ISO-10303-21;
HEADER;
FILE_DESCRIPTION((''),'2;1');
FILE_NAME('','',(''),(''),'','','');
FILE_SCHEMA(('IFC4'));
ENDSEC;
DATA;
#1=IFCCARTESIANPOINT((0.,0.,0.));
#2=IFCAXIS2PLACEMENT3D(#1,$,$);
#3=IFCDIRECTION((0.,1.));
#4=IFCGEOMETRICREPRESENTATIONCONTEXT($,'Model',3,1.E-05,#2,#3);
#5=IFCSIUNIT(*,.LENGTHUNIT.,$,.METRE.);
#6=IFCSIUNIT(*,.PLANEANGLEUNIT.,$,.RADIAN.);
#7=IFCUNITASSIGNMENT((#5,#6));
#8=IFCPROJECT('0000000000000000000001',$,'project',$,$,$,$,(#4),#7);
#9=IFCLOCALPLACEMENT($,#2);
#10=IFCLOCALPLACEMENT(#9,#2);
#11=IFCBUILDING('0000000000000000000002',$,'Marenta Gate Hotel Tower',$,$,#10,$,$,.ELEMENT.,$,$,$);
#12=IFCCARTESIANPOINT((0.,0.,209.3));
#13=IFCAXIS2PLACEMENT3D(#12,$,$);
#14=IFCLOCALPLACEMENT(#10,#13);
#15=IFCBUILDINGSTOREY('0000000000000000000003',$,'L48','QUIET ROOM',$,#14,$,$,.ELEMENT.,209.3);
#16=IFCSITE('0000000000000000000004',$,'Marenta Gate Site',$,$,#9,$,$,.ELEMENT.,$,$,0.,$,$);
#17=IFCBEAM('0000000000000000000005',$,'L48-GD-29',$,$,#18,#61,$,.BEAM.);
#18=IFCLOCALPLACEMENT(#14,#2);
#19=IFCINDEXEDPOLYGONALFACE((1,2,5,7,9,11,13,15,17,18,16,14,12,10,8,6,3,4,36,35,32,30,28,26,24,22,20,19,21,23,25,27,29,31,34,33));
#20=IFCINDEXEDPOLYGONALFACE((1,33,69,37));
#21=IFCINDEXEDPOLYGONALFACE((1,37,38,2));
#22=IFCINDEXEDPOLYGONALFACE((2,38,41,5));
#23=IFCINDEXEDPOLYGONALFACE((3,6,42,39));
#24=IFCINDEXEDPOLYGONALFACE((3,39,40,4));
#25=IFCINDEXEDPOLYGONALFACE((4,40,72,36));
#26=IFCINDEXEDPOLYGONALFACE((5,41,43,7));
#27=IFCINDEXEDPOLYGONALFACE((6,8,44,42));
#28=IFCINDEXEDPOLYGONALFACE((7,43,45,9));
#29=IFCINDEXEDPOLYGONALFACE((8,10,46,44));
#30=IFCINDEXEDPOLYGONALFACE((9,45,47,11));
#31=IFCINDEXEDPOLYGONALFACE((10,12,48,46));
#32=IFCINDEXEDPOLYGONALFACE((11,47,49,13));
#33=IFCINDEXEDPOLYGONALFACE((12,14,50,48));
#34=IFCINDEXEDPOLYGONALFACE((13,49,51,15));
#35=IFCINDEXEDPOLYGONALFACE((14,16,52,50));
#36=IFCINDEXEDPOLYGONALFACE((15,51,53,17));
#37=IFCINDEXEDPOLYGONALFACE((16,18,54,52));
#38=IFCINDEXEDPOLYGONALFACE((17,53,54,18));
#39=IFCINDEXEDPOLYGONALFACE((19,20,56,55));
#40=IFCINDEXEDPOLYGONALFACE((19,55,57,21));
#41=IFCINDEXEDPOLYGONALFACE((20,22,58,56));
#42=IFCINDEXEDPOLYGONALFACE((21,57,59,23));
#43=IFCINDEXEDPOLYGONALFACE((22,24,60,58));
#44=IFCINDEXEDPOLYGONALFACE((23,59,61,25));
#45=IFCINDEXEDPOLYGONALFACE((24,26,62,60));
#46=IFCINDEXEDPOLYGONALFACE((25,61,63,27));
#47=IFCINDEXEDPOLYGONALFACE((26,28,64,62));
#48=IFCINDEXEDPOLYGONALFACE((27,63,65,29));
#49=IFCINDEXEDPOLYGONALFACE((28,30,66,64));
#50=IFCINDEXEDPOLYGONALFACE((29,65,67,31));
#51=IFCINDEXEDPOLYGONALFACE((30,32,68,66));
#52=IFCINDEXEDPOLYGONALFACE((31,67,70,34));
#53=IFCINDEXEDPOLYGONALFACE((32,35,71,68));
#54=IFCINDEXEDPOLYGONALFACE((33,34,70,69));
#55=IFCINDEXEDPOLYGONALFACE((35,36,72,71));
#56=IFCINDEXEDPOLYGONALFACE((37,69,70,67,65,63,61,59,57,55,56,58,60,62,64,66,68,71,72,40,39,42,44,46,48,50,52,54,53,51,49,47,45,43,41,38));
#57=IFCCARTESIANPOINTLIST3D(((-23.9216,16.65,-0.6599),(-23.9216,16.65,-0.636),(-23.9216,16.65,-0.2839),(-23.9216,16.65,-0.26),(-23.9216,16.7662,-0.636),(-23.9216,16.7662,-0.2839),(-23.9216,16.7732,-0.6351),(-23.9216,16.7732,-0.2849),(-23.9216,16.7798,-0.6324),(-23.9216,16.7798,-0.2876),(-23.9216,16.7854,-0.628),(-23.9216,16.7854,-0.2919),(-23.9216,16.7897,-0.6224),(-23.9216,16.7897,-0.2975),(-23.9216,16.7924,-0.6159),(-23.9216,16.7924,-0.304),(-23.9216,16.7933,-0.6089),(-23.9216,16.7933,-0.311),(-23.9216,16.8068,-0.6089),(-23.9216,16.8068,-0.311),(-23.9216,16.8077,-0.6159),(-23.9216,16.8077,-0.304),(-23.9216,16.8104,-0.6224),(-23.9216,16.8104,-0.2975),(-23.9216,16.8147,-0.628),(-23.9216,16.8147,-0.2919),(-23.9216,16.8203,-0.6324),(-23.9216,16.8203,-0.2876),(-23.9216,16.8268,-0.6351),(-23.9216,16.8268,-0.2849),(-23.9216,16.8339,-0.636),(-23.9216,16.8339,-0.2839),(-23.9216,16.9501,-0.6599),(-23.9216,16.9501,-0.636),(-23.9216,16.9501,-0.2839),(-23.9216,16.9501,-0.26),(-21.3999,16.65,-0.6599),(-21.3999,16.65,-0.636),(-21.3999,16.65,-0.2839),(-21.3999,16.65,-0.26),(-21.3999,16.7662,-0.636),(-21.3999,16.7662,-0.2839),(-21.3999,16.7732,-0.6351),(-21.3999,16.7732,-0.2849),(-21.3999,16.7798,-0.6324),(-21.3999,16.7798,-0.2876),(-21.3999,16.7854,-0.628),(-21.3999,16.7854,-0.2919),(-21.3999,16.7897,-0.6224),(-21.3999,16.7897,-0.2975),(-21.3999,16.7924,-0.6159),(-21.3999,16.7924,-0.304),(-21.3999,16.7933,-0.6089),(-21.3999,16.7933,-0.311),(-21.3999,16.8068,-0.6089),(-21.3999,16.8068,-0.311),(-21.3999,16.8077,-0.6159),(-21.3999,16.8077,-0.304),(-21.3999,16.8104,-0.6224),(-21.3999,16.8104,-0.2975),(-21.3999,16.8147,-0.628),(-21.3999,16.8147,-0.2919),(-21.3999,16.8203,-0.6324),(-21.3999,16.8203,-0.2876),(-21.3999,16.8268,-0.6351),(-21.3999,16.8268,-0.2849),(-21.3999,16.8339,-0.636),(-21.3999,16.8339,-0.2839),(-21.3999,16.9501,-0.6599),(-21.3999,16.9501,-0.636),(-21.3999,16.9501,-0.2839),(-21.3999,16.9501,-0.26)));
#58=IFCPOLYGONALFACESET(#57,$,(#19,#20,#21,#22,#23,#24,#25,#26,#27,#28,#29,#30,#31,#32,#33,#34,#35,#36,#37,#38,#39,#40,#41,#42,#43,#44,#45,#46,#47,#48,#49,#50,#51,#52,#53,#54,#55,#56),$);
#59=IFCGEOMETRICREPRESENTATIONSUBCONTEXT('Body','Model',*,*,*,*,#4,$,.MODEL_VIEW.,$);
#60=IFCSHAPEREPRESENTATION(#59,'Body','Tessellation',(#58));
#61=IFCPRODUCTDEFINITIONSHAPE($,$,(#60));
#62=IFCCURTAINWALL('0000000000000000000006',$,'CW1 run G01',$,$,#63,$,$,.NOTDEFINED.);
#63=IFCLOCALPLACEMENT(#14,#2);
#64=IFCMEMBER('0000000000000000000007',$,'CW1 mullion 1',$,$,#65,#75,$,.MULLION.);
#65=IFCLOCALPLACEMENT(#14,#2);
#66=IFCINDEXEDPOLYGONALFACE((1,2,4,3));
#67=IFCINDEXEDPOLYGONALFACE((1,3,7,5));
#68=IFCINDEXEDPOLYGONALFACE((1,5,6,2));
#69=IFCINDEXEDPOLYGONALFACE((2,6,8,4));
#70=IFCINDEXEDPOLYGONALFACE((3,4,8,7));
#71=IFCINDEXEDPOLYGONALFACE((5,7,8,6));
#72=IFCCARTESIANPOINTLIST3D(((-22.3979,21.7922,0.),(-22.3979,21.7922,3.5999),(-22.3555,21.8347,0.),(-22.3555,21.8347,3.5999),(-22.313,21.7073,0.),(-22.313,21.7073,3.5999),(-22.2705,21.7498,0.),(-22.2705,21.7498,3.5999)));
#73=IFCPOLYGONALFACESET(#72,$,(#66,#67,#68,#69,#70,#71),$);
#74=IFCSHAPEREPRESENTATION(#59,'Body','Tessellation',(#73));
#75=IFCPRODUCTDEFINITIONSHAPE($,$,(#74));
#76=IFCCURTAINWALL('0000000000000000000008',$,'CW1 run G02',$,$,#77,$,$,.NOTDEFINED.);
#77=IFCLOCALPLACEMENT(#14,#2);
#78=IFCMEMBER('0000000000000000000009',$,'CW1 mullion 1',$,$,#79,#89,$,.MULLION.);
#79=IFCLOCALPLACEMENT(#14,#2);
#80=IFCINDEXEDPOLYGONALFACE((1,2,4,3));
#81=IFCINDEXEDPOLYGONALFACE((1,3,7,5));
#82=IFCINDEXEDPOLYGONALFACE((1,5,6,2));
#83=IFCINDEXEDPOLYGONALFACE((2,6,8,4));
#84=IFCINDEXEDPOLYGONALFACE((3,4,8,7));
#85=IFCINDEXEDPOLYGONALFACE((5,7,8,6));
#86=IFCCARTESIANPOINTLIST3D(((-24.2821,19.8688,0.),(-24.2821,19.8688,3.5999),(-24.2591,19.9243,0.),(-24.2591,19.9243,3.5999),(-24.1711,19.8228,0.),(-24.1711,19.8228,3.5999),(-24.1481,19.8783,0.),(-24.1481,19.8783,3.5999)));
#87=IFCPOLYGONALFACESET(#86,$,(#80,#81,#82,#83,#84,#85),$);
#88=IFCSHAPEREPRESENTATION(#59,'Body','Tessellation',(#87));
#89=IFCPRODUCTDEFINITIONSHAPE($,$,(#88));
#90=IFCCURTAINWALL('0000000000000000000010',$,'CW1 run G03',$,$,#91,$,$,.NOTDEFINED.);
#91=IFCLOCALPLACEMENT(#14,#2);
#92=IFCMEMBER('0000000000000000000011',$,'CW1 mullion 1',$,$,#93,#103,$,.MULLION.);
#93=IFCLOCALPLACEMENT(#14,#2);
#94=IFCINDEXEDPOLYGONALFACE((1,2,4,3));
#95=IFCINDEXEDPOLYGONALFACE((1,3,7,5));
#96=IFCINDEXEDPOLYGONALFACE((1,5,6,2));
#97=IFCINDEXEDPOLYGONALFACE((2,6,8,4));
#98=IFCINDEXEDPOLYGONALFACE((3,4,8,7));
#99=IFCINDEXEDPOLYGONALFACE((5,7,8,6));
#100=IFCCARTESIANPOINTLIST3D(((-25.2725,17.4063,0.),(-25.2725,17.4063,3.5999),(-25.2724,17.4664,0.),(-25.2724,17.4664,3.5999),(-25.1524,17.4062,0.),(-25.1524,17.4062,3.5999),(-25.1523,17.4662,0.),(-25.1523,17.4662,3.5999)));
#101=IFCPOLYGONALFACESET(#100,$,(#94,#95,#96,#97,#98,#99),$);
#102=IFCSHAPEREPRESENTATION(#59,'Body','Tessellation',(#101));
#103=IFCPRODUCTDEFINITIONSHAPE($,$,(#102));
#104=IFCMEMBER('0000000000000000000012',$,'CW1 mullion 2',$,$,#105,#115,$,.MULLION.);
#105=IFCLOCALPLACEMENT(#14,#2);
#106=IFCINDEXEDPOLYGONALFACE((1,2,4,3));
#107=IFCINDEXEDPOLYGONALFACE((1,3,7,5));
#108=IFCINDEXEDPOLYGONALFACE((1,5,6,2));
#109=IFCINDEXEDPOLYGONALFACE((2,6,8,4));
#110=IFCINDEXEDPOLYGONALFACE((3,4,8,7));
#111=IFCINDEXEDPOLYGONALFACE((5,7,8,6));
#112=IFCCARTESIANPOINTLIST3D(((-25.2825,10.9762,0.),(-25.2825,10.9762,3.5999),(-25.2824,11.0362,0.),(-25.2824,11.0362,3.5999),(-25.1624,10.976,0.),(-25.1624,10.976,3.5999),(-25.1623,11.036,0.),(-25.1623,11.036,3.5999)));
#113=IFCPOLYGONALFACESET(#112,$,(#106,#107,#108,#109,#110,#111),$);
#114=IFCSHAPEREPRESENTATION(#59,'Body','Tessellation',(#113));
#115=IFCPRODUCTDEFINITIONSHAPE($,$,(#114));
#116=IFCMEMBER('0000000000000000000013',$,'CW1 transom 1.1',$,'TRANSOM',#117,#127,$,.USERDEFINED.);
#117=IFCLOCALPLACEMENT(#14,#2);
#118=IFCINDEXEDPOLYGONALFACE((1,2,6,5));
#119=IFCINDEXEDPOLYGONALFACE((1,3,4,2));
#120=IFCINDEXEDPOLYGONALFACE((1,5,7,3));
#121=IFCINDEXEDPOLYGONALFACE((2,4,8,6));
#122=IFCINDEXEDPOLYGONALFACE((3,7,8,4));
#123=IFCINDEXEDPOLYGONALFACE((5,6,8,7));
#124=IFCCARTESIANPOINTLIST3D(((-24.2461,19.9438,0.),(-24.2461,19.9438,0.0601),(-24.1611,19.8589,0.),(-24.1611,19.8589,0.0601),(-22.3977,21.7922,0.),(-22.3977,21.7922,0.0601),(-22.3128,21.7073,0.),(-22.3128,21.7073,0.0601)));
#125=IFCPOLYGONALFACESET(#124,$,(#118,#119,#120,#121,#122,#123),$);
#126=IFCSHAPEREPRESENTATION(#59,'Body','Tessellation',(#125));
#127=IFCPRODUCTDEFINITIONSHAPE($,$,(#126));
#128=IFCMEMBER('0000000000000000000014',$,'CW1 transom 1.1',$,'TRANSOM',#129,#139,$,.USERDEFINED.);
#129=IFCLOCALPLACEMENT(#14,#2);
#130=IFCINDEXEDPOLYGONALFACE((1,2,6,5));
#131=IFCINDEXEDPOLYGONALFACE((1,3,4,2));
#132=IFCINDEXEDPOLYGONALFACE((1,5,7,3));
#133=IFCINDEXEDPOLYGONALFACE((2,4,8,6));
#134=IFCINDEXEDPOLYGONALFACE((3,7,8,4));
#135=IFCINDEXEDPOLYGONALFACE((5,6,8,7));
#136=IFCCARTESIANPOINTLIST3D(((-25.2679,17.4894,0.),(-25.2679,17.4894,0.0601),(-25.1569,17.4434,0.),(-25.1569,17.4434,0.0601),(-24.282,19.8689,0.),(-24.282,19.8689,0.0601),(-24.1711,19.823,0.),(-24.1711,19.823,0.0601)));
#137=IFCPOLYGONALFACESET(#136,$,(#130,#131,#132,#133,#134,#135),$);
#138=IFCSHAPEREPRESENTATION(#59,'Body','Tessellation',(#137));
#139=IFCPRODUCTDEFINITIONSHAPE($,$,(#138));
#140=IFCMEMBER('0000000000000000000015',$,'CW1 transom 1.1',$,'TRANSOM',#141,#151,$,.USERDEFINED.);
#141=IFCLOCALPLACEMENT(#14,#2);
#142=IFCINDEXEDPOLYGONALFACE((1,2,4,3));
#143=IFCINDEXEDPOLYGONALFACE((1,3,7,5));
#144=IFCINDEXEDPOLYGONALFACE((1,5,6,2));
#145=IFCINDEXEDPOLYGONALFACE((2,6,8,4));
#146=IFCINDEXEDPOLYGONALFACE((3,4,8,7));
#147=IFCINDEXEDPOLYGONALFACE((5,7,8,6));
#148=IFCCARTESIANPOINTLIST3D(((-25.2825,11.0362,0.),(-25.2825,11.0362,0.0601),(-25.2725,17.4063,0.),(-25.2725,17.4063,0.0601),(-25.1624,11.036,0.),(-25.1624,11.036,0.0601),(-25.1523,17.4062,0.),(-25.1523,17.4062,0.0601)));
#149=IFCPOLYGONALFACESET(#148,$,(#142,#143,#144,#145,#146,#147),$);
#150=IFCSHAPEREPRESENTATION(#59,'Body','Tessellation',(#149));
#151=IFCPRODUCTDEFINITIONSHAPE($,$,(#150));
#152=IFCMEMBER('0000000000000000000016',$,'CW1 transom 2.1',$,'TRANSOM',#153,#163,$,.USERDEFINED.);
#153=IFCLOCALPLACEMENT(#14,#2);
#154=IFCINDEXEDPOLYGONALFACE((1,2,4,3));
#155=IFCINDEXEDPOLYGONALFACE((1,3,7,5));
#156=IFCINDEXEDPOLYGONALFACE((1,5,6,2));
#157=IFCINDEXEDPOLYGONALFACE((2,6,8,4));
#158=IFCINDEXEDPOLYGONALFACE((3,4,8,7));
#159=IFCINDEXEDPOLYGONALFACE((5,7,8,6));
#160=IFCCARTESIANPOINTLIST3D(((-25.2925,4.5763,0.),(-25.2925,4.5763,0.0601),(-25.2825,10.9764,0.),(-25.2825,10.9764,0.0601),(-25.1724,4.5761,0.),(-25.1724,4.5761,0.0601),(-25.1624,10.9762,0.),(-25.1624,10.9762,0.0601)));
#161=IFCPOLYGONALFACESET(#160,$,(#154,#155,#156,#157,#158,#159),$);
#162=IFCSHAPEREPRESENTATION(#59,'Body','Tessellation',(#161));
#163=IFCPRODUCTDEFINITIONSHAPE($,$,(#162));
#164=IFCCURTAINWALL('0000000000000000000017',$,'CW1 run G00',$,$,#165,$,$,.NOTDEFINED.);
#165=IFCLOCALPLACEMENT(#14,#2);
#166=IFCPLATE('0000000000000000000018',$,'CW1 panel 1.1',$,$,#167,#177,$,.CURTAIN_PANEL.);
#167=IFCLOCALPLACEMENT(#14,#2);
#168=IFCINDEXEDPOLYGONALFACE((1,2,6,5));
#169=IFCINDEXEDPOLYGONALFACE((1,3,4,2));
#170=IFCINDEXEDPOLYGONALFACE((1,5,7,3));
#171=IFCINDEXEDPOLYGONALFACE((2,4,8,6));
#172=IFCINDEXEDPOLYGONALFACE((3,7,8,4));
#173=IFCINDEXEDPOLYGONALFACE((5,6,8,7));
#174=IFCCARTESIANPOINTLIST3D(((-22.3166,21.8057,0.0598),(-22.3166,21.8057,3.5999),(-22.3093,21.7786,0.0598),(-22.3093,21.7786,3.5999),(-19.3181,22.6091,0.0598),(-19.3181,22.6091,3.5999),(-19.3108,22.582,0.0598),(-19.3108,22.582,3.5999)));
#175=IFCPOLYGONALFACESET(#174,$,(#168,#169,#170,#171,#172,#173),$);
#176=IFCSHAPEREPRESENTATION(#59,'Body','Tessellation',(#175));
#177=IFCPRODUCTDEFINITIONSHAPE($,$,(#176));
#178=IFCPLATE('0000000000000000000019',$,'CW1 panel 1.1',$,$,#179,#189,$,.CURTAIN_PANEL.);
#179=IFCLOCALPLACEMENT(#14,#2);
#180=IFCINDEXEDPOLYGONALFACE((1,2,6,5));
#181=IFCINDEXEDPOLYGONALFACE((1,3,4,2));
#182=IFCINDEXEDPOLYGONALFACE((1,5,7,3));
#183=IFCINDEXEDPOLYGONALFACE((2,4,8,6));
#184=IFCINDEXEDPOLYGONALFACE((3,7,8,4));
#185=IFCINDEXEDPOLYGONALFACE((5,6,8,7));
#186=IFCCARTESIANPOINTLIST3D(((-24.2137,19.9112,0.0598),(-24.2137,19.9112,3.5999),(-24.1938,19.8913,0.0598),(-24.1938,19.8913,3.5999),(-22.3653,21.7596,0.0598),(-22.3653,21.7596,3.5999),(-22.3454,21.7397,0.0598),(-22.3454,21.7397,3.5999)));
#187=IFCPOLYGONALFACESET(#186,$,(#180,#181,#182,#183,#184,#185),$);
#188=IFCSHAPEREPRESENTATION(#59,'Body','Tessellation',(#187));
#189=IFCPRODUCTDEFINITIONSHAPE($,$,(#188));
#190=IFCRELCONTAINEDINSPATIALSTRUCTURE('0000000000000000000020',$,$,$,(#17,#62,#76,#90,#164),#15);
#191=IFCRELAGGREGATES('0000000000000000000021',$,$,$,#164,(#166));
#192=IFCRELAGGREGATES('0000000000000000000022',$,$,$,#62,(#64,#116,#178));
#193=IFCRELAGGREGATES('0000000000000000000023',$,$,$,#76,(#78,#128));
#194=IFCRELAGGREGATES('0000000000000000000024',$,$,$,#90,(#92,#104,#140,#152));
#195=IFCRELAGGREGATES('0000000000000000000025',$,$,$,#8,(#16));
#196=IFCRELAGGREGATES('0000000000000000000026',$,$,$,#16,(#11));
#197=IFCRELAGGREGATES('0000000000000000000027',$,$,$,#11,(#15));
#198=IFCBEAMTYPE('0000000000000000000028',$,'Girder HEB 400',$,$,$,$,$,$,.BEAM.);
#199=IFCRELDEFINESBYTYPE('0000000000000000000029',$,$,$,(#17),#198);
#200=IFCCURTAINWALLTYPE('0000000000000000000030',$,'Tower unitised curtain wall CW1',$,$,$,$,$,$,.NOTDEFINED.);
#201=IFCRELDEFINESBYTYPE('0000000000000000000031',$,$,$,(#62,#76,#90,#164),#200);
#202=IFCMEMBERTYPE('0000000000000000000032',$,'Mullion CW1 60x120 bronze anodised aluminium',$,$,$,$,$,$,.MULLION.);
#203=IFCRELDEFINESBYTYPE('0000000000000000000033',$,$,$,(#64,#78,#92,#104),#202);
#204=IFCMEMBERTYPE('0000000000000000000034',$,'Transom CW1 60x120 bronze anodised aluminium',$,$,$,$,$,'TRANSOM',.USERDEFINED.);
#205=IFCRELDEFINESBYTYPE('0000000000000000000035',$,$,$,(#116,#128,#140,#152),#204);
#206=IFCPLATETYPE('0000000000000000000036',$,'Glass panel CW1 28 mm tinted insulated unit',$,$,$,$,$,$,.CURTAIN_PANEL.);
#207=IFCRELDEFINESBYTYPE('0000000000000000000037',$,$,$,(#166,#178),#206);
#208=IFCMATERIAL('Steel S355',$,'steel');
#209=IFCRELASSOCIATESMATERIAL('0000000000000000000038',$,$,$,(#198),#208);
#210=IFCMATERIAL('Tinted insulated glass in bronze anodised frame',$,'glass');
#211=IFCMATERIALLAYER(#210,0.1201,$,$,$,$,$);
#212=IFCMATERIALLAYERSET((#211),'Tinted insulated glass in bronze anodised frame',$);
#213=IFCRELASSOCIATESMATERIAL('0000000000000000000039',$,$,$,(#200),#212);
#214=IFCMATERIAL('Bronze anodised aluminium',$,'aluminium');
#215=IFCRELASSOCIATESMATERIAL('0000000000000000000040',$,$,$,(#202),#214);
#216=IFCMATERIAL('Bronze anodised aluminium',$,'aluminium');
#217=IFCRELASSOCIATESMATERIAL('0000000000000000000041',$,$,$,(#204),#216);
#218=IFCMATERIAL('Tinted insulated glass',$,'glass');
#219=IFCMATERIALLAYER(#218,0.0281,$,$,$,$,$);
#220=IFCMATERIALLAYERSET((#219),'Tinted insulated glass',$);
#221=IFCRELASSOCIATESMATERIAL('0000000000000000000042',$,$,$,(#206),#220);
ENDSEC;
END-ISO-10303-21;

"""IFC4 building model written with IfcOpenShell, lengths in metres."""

from ifc_helpers import new_model, si_unit, direction, frame, origin, origin_2d, place, context, subcontext, project, spatial, rectangle, i_section, extrude, material, layer, layer_set, material_profile, profile_set, type_object, element, aggregate, save


model = new_model("IFC4")

# Units and contexts
model_context = context("Model", 3, precision=1e-05, world=origin(), true_north=direction((0.0, 1.0)))
body_context = subcontext(model_context, "Body", "Model", "MODEL_VIEW")
ifc_project = project(units=[si_unit("LENGTHUNIT", "METRE"), si_unit("PLANEANGLEUNIT", "RADIAN")], contexts=[model_context])

# Site, building, storey
site_placement = place(None, origin())
site = spatial("IfcSite", under=ifc_project, at=site_placement, Name="Marenta Gate Site", CompositionType="ELEMENT", RefElevation=0.0)
building_placement = place(site_placement, origin())
building = spatial("IfcBuilding", under=site, at=building_placement, Name="Marenta Gate Hotel Tower", CompositionType="ELEMENT")
storey_placement = place(building_placement, frame((0.0, 0.0, 209.3)))
storey = spatial("IfcBuildingStorey", under=building, at=storey_placement, Name="L48", Description="QUIET ROOM", CompositionType="ELEMENT", Elevation=209.3)

# Beam
ifc_material_1 = material(Name="Steel S355", Category="steel")
ifc_material_profile_1 = material_profile(ifc_material_1, i_section(OverallWidth=0.3, OverallDepth=0.3999, WebThickness=0.0134, FlangeThickness=0.0239, FilletRadius=0.0271, at=origin_2d()), Name="HEB 400")
ifc_profile_set_1 = profile_set([ifc_material_profile_1], Name="Steel S355")
beam_type_1 = type_object("IfcBeamType", Name="Girder HEB 400", PredefinedType="BEAM", material=ifc_profile_set_1)
beam_1_placement = place(storey_placement, frame((-23.9216, 16.8, -0.46), z_axis=(1.0, 0.0, 0.0), x_axis=(0.0, 1.0, 0.0)))
element("IfcBeam", 1, at=beam_1_placement, inside=storey, type_object=beam_type_1, Name="L48-GD-29", PredefinedType="BEAM", context=body_context, shape_type="SweptSolid", body=[
    extrude(i_section(OverallWidth=0.3, OverallDepth=0.3999, WebThickness=0.0134, FlangeThickness=0.0239, FilletRadius=0.0271, at=origin_2d()), origin(), (0.0, 0.0, 1.0), 2.5217),
])

# Curtain walls, members
ifc_material_2 = material(Name="Tinted insulated glass in bronze anodised frame", Category="glass")
ifc_layer_1 = layer(ifc_material_2, 0.1201)
ifc_layer_set_1 = layer_set([ifc_layer_1], Name="Tinted insulated glass in bronze anodised frame")
curtain_wall_type = type_object("IfcCurtainWallType", Name="Tower unitised curtain wall CW1", PredefinedType="NOTDEFINED", material=ifc_layer_set_1)
curtain_wall_1_placement = place(storey_placement, origin())
curtain_wall_1 = element("IfcCurtainWall", 2, at=curtain_wall_1_placement, inside=storey, type_object=curtain_wall_type, Name="CW1 run G01", PredefinedType="NOTDEFINED")
ifc_material_3 = material(Name="Bronze anodised aluminium", Category="aluminium")
ifc_material_profile_2 = material_profile(ifc_material_3, rectangle(XDim=0.1201, YDim=0.0601, at=origin_2d()), Name="Mullion CW1 60x120 bronze anodised aluminium")
ifc_profile_set_2 = profile_set([ifc_material_profile_2], Name="Bronze anodised aluminium")
member_type_1 = type_object("IfcMemberType", Name="Mullion CW1 60x120 bronze anodised aluminium", PredefinedType="MULLION", material=ifc_profile_set_2)
member_1_placement = place(storey_placement, frame((-22.3342, 21.771, 0.0), z_axis=(0.0, 0.0, 1.0), x_axis=(0.707107, -0.707107, 0.0)))
member_1 = element("IfcMember", 3, at=member_1_placement, type_object=member_type_1, Name="CW1 mullion 1", PredefinedType="MULLION", context=body_context, shape_type="SweptSolid", body=[
    extrude(rectangle(XDim=0.1201, YDim=0.0601, at=origin_2d()), origin(), (0.0, 0.0, 1.0), 3.5999),
])
curtain_wall_2_placement = place(storey_placement, origin())
curtain_wall_2 = element("IfcCurtainWall", 4, at=curtain_wall_2_placement, inside=storey, type_object=curtain_wall_type, Name="CW1 run G02", PredefinedType="NOTDEFINED")
member_2_placement = place(storey_placement, frame((-24.2151, 19.8735, 0.0), z_axis=(0.0, 0.0, 1.0), x_axis=(0.923886, -0.382667, 0.0)))
member_2 = element("IfcMember", 5, at=member_2_placement, type_object=member_type_1, Name="CW1 mullion 1", PredefinedType="MULLION", context=body_context, shape_type="SweptSolid", body=[
    extrude(rectangle(XDim=0.1201, YDim=0.0601, at=origin_2d()), origin(), (0.0, 0.0, 1.0), 3.5999),
])

# Curtain wall, members
curtain_wall_3_placement = place(storey_placement, origin())
curtain_wall_3 = element("IfcCurtainWall", 6, at=curtain_wall_3_placement, inside=storey, type_object=curtain_wall_type, Name="CW1 run G03", PredefinedType="NOTDEFINED")
member_3_placement = place(storey_placement, frame((-25.2124, 17.4363, 0.0), z_axis=(0.0, 0.0, 1.0), x_axis=(0.999999, -0.001566, 0.0)))
member_3 = element("IfcMember", 7, at=member_3_placement, type_object=member_type_1, Name="CW1 mullion 1", PredefinedType="MULLION", context=body_context, shape_type="SweptSolid", body=[
    extrude(rectangle(XDim=0.1201, YDim=0.0601, at=origin_2d()), origin(), (0.0, 0.0, 1.0), 3.5999),
])
member_4_placement = place(storey_placement, frame((-25.2224, 11.0061, 0.0), z_axis=(0.0, 0.0, 1.0), x_axis=(0.999999, -0.001566, 0.0)))
member_4 = element("IfcMember", 8, at=member_4_placement, type_object=member_type_1, Name="CW1 mullion 2", PredefinedType="MULLION", context=body_context, shape_type="SweptSolid", body=[
    extrude(rectangle(XDim=0.1201, YDim=0.0601, at=origin_2d()), origin(), (0.0, 0.0, 1.0), 3.5999),
])

# Members
ifc_material_4 = material(Name="Bronze anodised aluminium", Category="aluminium")
ifc_material_profile_3 = material_profile(ifc_material_4, rectangle(XDim=0.1201, YDim=0.0601, at=origin_2d()), Name="Transom CW1 60x120 bronze anodised aluminium")
ifc_profile_set_3 = profile_set([ifc_material_profile_3], Name="Bronze anodised aluminium")
member_type_2 = type_object("IfcMemberType", Name="Transom CW1 60x120 bronze anodised aluminium", ElementType="TRANSOM", PredefinedType="USERDEFINED", material=ifc_profile_set_3)
member_5_placement = place(storey_placement, frame((-22.3552, 21.7498, 0.03), z_axis=(-0.707107, -0.707107, 0.0), x_axis=(0.707107, -0.707107, 0.0)))
member_5 = element("IfcMember", 9, at=member_5_placement, type_object=member_type_2, Name="CW1 transom 1.1", ObjectType="TRANSOM", PredefinedType="USERDEFINED", context=body_context, shape_type="SweptSolid", body=[
    extrude(rectangle(XDim=0.1201, YDim=0.0601, at=origin_2d()), origin(), (0.0, 0.0, 1.0), 2.614),
])
member_6_placement = place(storey_placement, frame((-24.2266, 19.8459, 0.03), z_axis=(-0.382737, -0.923857, 0.0), x_axis=(0.923857, -0.382737, 0.0)))
member_6 = element("IfcMember", 10, at=member_6_placement, type_object=member_type_2, Name="CW1 transom 1.1", ObjectType="TRANSOM", PredefinedType="USERDEFINED", context=body_context, shape_type="SweptSolid", body=[
    extrude(rectangle(XDim=0.1201, YDim=0.0601, at=origin_2d()), origin(), (0.0, 0.0, 1.0), 2.5757),
])
member_7_placement = place(storey_placement, frame((-25.2124, 17.4062, 0.03), z_axis=(-0.001571, -0.999999, 0.0), x_axis=(0.999999, -0.001571, 0.0)))
member_7 = element("IfcMember", 11, at=member_7_placement, type_object=member_type_2, Name="CW1 transom 1.1", ObjectType="TRANSOM", PredefinedType="USERDEFINED", context=body_context, shape_type="SweptSolid", body=[
    extrude(rectangle(XDim=0.1201, YDim=0.0601, at=origin_2d()), origin(), (0.0, 0.0, 1.0), 6.3701),
])
member_8_placement = place(storey_placement, frame((-25.2224, 10.9763, 0.03), z_axis=(-0.001564, -0.999999, 0.0), x_axis=(0.999999, -0.001564, 0.0)))
member_8 = element("IfcMember", 12, at=member_8_placement, type_object=member_type_2, Name="CW1 transom 2.1", ObjectType="TRANSOM", PredefinedType="USERDEFINED", context=body_context, shape_type="SweptSolid", body=[
    extrude(rectangle(XDim=0.1201, YDim=0.0601, at=origin_2d()), origin(), (0.0, 0.0, 1.0), 6.4001),
])

# Curtain wall, plate
curtain_wall_4_placement = place(storey_placement, origin())
curtain_wall_4 = element("IfcCurtainWall", 13, at=curtain_wall_4_placement, inside=storey, type_object=curtain_wall_type, Name="CW1 run G00", PredefinedType="NOTDEFINED")
ifc_material_5 = material(Name="Tinted insulated glass", Category="glass")
ifc_layer_2 = layer(ifc_material_5, 0.0281)
ifc_layer_set_2 = layer_set([ifc_layer_2], Name="Tinted insulated glass")
plate_type = type_object("IfcPlateType", Name="Glass panel CW1 28 mm tinted insulated unit", PredefinedType="CURTAIN_PANEL", material=ifc_layer_set_2)
plate_1_placement = place(storey_placement, frame((-20.8137, 22.1938, 0.0598), z_axis=(0.0, 0.0, 1.0), x_axis=(-0.965931, -0.258801, 0.0)))
plate_1 = element("IfcPlate", 14, at=plate_1_placement, type_object=plate_type, Name="CW1 panel 1.1", PredefinedType="CURTAIN_PANEL", context=body_context, shape_type="SweptSolid", body=[
    extrude(rectangle(XDim=3.1042, YDim=0.0281, at=origin_2d()), origin(), (0.0, 0.0, 1.0), 3.54),
])
aggregate(curtain_wall_4, [plate_1])

# Plate
plate_2_placement = place(storey_placement, frame((-23.2795, 20.8254, 0.0598), z_axis=(0.0, 0.0, 1.0), x_axis=(-0.707107, -0.707107, 0.0)))
plate_2 = element("IfcPlate", 15, at=plate_2_placement, type_object=plate_type, Name="CW1 panel 1.1", PredefinedType="CURTAIN_PANEL", context=body_context, shape_type="SweptSolid", body=[
    extrude(rectangle(XDim=2.614, YDim=0.0281, at=origin_2d()), origin(), (0.0, 0.0, 1.0), 3.54),
])
aggregate(curtain_wall_1, [member_1, member_5, plate_2])
aggregate(curtain_wall_2, [member_2, member_6])
aggregate(curtain_wall_3, [member_3, member_4, member_7, member_8])

save(model, "model.ifc")
